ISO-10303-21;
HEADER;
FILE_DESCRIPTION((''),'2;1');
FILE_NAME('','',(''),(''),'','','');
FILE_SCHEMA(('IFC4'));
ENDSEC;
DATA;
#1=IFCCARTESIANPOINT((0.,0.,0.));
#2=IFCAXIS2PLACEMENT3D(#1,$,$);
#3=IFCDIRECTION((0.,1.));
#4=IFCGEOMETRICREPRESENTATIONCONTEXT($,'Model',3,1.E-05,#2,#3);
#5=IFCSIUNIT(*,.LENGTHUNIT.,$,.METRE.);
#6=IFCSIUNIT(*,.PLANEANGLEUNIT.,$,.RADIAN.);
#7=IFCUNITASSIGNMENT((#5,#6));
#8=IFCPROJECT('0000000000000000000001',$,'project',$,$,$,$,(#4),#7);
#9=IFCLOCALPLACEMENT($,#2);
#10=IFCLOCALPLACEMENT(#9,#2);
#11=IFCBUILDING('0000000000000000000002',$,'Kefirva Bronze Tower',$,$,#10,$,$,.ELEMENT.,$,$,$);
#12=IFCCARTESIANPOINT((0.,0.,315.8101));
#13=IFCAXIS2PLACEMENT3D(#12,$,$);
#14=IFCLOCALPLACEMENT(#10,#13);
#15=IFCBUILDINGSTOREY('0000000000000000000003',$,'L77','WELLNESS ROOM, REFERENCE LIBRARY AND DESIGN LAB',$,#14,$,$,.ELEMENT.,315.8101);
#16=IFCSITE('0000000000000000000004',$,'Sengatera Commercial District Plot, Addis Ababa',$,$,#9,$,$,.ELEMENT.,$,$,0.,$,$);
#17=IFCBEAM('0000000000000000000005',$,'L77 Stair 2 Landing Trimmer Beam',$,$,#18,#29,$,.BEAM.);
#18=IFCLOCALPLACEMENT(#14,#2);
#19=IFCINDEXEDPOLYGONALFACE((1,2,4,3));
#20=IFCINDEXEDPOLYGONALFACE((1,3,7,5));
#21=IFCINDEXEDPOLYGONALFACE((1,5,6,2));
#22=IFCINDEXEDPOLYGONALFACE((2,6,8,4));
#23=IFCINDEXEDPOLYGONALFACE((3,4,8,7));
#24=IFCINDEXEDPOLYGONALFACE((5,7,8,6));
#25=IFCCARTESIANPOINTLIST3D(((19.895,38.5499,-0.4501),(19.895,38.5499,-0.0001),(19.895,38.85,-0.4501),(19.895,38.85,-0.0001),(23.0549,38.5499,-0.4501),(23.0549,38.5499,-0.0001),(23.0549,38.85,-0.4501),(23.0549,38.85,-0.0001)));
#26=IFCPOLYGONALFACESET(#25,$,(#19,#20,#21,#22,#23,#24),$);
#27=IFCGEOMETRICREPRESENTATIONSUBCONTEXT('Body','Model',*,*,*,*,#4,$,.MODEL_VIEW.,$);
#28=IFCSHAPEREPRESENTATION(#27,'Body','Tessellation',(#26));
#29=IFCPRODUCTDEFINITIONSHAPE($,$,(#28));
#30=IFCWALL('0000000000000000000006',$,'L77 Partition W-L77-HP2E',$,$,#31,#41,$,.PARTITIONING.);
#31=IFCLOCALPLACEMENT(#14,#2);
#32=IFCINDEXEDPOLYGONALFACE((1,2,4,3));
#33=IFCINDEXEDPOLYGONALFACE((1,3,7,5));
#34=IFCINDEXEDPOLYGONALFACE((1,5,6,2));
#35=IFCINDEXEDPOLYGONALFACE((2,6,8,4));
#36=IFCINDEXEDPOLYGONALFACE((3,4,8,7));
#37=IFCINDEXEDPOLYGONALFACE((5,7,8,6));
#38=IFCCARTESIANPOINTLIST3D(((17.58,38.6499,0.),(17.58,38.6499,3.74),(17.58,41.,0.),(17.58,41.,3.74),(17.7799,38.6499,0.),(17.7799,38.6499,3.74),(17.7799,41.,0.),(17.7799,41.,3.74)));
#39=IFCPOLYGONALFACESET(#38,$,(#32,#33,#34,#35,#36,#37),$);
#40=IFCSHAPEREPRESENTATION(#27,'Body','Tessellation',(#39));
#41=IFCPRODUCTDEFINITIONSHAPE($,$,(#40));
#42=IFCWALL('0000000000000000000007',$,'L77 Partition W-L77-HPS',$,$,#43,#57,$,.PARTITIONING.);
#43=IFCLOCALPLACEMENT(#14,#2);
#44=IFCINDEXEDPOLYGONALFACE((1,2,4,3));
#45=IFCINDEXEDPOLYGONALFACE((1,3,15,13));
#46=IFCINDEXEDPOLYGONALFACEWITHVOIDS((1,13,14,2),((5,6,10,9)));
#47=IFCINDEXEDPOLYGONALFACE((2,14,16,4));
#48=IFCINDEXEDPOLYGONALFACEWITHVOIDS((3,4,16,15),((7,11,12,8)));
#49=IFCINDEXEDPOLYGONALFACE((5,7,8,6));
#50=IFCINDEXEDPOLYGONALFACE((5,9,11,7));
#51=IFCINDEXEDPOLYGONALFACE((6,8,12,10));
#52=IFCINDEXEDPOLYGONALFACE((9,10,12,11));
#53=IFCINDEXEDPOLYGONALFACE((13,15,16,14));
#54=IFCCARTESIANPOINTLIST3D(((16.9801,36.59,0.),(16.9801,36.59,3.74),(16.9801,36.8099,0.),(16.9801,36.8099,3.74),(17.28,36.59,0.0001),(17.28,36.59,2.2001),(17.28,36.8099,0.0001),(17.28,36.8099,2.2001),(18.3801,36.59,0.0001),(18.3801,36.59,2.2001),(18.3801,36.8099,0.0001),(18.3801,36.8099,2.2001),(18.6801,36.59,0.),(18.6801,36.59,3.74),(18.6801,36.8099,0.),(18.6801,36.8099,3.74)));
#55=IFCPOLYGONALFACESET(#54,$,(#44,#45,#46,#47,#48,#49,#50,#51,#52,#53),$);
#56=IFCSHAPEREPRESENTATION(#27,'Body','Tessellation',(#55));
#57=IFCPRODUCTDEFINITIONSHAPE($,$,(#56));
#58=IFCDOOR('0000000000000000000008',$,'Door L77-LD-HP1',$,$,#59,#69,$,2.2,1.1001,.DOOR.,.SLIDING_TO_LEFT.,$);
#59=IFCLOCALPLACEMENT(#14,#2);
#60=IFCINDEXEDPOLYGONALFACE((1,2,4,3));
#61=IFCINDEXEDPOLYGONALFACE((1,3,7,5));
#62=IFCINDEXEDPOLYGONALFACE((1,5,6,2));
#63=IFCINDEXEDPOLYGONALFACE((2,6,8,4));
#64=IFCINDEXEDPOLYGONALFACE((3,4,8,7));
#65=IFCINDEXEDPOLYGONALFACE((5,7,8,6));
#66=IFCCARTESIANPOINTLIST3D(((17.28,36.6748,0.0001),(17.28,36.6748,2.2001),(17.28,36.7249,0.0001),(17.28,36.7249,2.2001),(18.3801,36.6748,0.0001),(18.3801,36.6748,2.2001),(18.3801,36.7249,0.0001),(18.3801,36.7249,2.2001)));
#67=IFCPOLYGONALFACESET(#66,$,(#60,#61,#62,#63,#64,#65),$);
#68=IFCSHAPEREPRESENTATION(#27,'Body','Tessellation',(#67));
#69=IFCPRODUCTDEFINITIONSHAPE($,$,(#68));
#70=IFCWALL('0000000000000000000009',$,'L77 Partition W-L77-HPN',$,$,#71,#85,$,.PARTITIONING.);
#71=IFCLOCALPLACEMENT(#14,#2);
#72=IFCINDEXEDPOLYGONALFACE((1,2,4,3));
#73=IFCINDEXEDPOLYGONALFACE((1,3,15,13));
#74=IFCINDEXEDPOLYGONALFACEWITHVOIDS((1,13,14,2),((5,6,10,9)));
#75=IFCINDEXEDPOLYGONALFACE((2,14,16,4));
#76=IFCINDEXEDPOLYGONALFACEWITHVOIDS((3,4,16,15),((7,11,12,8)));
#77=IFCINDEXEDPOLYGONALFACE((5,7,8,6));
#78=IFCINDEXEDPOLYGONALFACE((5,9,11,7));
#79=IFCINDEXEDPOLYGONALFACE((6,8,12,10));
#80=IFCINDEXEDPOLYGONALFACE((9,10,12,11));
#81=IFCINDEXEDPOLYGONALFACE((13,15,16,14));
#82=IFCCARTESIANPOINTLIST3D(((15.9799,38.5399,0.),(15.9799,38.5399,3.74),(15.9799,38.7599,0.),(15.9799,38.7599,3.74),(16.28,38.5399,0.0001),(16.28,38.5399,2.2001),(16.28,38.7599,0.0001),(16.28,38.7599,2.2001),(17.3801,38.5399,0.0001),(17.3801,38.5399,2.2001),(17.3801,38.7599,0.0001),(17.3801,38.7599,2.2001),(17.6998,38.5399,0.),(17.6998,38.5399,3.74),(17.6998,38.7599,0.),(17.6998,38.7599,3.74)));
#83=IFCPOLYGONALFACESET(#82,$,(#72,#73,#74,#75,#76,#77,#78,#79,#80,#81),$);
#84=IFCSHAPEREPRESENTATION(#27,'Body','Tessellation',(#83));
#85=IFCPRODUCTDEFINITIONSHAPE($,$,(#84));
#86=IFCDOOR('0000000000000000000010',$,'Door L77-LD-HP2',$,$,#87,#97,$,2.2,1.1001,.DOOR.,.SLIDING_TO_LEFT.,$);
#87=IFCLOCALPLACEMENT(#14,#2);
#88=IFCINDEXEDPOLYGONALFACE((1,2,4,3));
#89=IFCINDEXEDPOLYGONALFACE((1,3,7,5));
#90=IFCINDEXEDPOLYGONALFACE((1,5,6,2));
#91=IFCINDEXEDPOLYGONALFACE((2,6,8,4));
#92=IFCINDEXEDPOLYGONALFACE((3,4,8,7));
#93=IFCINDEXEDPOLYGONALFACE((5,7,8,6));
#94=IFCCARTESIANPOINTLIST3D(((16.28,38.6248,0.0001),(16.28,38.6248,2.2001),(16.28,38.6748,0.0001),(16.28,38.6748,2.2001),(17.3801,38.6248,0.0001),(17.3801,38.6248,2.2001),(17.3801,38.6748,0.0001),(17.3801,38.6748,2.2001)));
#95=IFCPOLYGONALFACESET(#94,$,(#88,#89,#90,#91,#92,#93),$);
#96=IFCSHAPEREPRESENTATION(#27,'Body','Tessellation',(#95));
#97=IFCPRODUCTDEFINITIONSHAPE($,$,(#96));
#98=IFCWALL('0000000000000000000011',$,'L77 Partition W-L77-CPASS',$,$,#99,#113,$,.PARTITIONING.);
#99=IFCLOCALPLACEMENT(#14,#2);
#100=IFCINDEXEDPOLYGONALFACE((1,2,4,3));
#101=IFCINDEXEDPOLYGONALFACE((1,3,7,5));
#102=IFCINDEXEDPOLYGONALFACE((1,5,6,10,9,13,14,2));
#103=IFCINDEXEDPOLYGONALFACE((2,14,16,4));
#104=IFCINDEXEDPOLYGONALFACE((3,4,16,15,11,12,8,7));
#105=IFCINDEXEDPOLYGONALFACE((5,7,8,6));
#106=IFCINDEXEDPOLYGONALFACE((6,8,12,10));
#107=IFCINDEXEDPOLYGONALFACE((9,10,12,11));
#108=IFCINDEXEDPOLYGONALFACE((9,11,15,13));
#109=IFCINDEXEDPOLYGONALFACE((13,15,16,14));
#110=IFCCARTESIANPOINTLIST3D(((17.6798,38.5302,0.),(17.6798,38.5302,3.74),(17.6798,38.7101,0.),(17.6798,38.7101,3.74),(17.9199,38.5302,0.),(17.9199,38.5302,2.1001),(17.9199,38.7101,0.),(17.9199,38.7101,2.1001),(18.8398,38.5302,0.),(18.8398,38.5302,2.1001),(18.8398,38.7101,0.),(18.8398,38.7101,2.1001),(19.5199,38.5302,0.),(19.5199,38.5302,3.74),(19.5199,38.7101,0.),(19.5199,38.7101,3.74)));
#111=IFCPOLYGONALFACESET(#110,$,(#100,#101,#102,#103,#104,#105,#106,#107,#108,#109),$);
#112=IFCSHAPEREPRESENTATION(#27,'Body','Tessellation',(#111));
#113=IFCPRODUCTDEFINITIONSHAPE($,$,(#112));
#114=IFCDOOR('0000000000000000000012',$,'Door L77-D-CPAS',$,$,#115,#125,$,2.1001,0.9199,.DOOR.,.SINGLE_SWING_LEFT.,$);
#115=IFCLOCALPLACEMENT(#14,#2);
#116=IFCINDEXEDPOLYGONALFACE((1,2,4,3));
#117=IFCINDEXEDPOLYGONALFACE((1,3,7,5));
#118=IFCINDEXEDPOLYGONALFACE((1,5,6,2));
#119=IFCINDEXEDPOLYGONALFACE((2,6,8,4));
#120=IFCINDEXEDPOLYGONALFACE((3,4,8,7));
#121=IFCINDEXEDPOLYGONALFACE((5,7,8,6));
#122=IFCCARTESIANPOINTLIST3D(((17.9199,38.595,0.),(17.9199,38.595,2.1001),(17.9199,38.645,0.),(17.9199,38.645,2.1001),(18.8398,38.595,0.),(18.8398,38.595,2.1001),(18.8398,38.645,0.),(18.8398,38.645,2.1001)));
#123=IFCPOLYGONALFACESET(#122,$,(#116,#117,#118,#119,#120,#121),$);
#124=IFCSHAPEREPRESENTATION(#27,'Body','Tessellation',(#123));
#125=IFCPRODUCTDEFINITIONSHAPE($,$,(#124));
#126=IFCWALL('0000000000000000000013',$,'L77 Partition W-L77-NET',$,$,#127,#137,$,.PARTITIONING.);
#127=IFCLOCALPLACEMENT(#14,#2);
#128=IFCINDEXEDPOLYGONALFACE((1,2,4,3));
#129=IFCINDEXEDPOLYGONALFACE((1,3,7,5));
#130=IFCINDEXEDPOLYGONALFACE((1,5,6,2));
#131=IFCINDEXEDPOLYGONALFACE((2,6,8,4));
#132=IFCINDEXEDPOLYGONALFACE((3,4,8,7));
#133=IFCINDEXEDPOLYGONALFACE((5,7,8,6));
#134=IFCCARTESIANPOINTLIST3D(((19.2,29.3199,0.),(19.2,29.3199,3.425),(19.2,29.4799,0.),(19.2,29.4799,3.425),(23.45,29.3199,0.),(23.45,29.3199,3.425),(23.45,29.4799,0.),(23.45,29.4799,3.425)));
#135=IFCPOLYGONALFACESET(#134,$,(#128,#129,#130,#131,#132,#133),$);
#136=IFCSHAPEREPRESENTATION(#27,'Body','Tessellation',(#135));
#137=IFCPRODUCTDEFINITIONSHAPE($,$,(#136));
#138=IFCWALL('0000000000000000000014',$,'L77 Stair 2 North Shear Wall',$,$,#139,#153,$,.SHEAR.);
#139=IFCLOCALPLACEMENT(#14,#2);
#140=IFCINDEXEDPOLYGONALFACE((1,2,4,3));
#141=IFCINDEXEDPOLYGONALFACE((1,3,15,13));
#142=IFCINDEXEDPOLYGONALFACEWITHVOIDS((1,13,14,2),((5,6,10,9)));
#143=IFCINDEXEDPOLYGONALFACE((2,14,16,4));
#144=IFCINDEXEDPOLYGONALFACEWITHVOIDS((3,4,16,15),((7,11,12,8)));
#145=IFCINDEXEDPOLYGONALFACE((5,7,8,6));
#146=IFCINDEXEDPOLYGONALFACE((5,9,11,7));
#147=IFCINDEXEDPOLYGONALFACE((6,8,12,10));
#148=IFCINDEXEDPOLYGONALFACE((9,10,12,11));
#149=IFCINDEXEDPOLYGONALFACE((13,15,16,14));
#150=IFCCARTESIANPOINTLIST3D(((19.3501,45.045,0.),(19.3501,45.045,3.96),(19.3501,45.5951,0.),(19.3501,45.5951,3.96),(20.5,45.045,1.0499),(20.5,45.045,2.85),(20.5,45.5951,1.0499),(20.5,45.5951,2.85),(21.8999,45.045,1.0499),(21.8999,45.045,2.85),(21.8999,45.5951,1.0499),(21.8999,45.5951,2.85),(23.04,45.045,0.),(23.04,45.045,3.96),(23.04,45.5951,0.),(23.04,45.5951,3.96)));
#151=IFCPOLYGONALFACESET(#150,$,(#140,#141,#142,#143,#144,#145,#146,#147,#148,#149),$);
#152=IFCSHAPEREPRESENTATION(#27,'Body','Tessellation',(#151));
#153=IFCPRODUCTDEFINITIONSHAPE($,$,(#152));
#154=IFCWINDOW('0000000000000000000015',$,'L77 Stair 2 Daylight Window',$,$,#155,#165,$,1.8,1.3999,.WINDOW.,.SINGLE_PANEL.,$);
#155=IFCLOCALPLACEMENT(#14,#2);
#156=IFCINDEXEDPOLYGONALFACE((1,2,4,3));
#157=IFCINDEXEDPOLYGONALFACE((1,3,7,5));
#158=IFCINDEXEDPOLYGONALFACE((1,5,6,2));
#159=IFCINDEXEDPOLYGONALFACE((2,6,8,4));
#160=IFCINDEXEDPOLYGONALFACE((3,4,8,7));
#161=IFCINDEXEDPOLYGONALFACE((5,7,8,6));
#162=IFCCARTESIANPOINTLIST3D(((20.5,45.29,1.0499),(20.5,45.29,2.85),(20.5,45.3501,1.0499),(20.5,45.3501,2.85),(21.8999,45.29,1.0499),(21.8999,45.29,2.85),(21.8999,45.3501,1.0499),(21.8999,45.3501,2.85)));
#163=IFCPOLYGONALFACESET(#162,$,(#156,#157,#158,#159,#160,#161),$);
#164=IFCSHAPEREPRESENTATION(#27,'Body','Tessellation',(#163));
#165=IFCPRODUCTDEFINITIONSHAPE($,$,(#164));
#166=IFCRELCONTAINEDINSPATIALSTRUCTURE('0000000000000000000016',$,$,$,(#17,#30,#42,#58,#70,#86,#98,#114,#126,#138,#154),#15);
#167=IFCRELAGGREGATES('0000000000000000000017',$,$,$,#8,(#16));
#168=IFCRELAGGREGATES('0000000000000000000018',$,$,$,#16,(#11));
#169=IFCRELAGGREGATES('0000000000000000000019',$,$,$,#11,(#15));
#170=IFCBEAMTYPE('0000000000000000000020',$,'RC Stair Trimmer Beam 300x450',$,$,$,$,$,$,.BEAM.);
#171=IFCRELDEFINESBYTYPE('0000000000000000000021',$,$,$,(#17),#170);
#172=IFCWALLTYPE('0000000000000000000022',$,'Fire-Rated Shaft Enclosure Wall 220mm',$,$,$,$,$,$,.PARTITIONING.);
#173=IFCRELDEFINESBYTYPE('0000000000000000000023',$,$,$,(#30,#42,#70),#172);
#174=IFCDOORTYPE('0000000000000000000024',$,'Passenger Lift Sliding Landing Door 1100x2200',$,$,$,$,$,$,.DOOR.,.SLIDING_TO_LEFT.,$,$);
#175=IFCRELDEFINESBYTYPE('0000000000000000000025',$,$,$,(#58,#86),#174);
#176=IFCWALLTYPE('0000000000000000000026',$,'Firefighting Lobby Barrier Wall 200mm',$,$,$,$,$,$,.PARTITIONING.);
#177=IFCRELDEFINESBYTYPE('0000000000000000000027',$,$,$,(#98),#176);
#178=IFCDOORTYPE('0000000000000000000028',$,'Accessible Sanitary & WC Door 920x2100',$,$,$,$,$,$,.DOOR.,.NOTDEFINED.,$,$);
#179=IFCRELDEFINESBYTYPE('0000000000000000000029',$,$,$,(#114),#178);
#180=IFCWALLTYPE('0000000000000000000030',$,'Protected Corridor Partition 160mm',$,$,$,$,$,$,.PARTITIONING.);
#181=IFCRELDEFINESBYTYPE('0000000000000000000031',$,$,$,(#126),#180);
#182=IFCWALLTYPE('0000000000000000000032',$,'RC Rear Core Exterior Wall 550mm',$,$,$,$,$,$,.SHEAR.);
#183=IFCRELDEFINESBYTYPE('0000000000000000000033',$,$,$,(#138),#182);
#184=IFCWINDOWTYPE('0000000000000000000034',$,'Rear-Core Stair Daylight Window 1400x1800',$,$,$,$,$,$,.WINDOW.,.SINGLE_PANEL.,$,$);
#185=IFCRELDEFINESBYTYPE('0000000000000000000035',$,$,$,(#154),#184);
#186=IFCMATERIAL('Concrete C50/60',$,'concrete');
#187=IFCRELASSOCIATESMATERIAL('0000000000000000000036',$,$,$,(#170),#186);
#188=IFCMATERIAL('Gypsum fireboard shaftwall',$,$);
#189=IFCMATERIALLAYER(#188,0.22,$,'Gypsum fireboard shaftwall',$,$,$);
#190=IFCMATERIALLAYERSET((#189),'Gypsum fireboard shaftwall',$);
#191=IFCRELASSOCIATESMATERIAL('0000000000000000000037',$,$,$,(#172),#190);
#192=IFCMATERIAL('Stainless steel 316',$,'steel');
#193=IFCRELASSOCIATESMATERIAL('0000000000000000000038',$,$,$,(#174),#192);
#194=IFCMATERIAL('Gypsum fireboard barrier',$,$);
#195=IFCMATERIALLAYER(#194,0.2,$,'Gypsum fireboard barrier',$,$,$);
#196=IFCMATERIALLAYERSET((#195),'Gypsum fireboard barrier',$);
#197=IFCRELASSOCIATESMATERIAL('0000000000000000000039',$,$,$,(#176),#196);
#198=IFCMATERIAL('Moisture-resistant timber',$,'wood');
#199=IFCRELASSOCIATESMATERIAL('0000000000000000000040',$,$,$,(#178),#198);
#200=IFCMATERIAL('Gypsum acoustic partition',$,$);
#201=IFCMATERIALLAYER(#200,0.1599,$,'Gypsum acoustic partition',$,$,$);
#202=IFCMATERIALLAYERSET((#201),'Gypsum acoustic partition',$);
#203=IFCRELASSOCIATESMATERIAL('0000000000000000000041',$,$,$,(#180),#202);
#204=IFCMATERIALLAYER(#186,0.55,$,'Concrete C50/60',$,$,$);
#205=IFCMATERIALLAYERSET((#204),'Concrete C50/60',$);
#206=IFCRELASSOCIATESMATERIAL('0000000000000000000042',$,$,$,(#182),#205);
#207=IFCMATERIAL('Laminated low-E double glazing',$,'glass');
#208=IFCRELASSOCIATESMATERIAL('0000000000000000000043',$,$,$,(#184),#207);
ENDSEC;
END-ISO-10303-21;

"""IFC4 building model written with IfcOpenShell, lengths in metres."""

from ifc_helpers import new_model, si_unit, direction, frame, frame_2d, origin, origin_2d, place, context, subcontext, project, spatial, rectangle, extrude, material, layer, layer_set, material_profile, profile_set, type_object, element, fill, save


model = new_model("IFC4")

# Units and contexts
model_context = context("Model", 3, precision=1e-05, world=origin(), true_north=direction((0.0, 1.0)))
body_context = subcontext(model_context, "Body", "Model", "MODEL_VIEW")
ifc_project = project(units=[si_unit("LENGTHUNIT", "METRE"), si_unit("PLANEANGLEUNIT", "RADIAN")], contexts=[model_context])

# Site, building, storey
site_placement = place(None, origin())
site = spatial("IfcSite", under=ifc_project, at=site_placement, Name="Sengatera Commercial District Plot, Addis Ababa", CompositionType="ELEMENT", RefElevation=0.0)
building_placement = place(site_placement, origin())
building = spatial("IfcBuilding", under=site, at=building_placement, Name="Kefirva Bronze Tower", CompositionType="ELEMENT")
storey_placement = place(building_placement, frame((0.0, 0.0, 315.8101)))
storey = spatial("IfcBuildingStorey", under=building, at=storey_placement, Name="L77", Description="WELLNESS ROOM, REFERENCE LIBRARY AND DESIGN LAB", CompositionType="ELEMENT", Elevation=315.8101)

# Beam
ifc_material_1 = material(Name="Concrete C50/60", Category="concrete")
ifc_material_profile = material_profile(ifc_material_1, rectangle(XDim=0.3, YDim=0.45, at=origin_2d()), Name="RC 300x450")
ifc_profile_set = profile_set([ifc_material_profile], Name="Concrete C50/60")
beam_type = type_object("IfcBeamType", Name="RC Stair Trimmer Beam 300x450", PredefinedType="BEAM", material=ifc_profile_set)
beam_placement = place(storey_placement, frame((19.895, 38.7, -0.2251), z_axis=(1.0, 0.0, 0.0), x_axis=(0.0, 1.0, 0.0)))
element("IfcBeam", 1, at=beam_placement, inside=storey, type_object=beam_type, Name="L77 Stair 2 Landing Trimmer Beam", PredefinedType="BEAM", context=body_context, shape_type="SweptSolid", body=[
    extrude(rectangle(XDim=0.3, YDim=0.45, at=origin_2d()), origin(), (0.0, 0.0, 1.0), 3.1599),
])

# Shared definitions
ifc_material_2 = material(Name="Gypsum acoustic partition")
ifc_material_3 = material(Name="Gypsum fireboard shaftwall")
ifc_layer_1 = layer(ifc_material_3, 0.22, Name="Gypsum fireboard shaftwall")
ifc_layer_set_1 = layer_set([ifc_layer_1], Name="Gypsum fireboard shaftwall")
wall_type_1 = type_object("IfcWallType", Name="Fire-Rated Shaft Enclosure Wall 220mm", PredefinedType="PARTITIONING", material=ifc_layer_set_1)

# Wall
wall_1_placement = place(storey_placement, frame((17.6799, 38.6499, 0.0), z_axis=(0.0, 0.0, 1.0), x_axis=(0.0, 1.0, 0.0)))
element("IfcWall", 2, at=wall_1_placement, inside=storey, type_object=wall_type_1, Name="L77 Partition W-L77-HP2E", PredefinedType="PARTITIONING", context=body_context, shape_type="SweptSolid", body=[
    extrude(rectangle(XDim=2.3501, YDim=0.2, at=frame_2d((1.175, 0.0))), origin(), (0.0, 0.0, 1.0), 3.74),
])

# Walls, openings, doors
wall_2_placement = place(storey_placement, frame((16.98, 36.7, 0.0), z_axis=(0.0, 0.0, 1.0), x_axis=(1.0, 0.0, 0.0)))
wall_2 = element("IfcWall", 3, at=wall_2_placement, inside=storey, type_object=wall_type_1, Name="L77 Partition W-L77-HPS", PredefinedType="PARTITIONING", context=body_context, shape_type="SweptSolid", body=[
    extrude(rectangle(XDim=1.7, YDim=0.22, at=frame_2d((0.8501, 0.0))), origin(), (0.0, 0.0, 1.0), 3.74),
])
opening_1_placement = place(wall_2_placement, frame((0.3, 0.0, 0.0)))
opening_1 = element("IfcOpeningElement", 4, at=opening_1_placement, cuts=wall_2, PredefinedType="OPENING", context=body_context, shape_type="SweptSolid", body=[
    extrude(rectangle(XDim=1.1001, YDim=2.2, at=frame_2d((0.55, 1.1001))), frame((0.0, 0.1201, 0.0), z_axis=(0.0, -1.0, 0.0), x_axis=(1.0, 0.0, 0.0)), (0.0, 0.0, 1.0), 0.24),
])
ifc_material_4 = material(Name="Stainless steel 316", Category="steel")
door_type_1 = type_object("IfcDoorType", Name="Passenger Lift Sliding Landing Door 1100x2200", OperationType="SLIDING_TO_LEFT", PredefinedType="DOOR", material=ifc_material_4)
door_1_placement = place(opening_1_placement, origin())
door_1 = element("IfcDoor", 5, at=door_1_placement, inside=storey, type_object=door_type_1, Name="Door L77-LD-HP1", OperationType="SLIDING_TO_LEFT", OverallHeight=2.2, OverallWidth=1.1001, PredefinedType="DOOR", context=body_context, shape_type="SweptSolid", body=[
    extrude(rectangle(XDim=1.1001, YDim=2.2, at=frame_2d((0.55, 1.1001))), frame((0.0, 0.0249, 0.0), z_axis=(0.0, -1.0, 0.0), x_axis=(1.0, 0.0, 0.0)), (0.0, 0.0, 1.0), 0.05),
])
fill(opening_1, door_1)
wall_3_placement = place(storey_placement, frame((15.98, 38.6499, 0.0), z_axis=(0.0, 0.0, 1.0), x_axis=(1.0, 0.0, 0.0)))
wall_3 = element("IfcWall", 6, at=wall_3_placement, inside=storey, type_object=wall_type_1, Name="L77 Partition W-L77-HPN", PredefinedType="PARTITIONING", context=body_context, shape_type="SweptSolid", body=[
    extrude(rectangle(XDim=1.72, YDim=0.22, at=frame_2d((0.8599, 0.0))), origin(), (0.0, 0.0, 1.0), 3.74),
])
opening_2_placement = place(wall_3_placement, frame((0.3, 0.0, 0.0)))
opening_2 = element("IfcOpeningElement", 7, at=opening_2_placement, cuts=wall_3, PredefinedType="OPENING", context=body_context, shape_type="SweptSolid", body=[
    extrude(rectangle(XDim=1.1001, YDim=2.2, at=frame_2d((0.55, 1.1001))), frame((0.0, 0.1201, 0.0), z_axis=(0.0, -1.0, 0.0), x_axis=(1.0, 0.0, 0.0)), (0.0, 0.0, 1.0), 0.24),
])
door_2_placement = place(opening_2_placement, origin())
door_2 = element("IfcDoor", 8, at=door_2_placement, inside=storey, type_object=door_type_1, Name="Door L77-LD-HP2", OperationType="SLIDING_TO_LEFT", OverallHeight=2.2, OverallWidth=1.1001, PredefinedType="DOOR", context=body_context, shape_type="SweptSolid", body=[
    extrude(rectangle(XDim=1.1001, YDim=2.2, at=frame_2d((0.55, 1.1001))), frame((0.0, 0.0249, 0.0), z_axis=(0.0, -1.0, 0.0), x_axis=(1.0, 0.0, 0.0)), (0.0, 0.0, 1.0), 0.05),
])
fill(opening_2, door_2)
ifc_material_5 = material(Name="Gypsum fireboard barrier")
ifc_layer_2 = layer(ifc_material_5, 0.2, Name="Gypsum fireboard barrier")
ifc_layer_set_2 = layer_set([ifc_layer_2], Name="Gypsum fireboard barrier")
wall_type_2 = type_object("IfcWallType", Name="Firefighting Lobby Barrier Wall 200mm", PredefinedType="PARTITIONING", material=ifc_layer_set_2)
wall_4_placement = place(storey_placement, frame((17.6799, 38.6201, 0.0), z_axis=(0.0, 0.0, 1.0), x_axis=(1.0, 0.0, 0.0)))
wall_4 = element("IfcWall", 9, at=wall_4_placement, inside=storey, type_object=wall_type_2, Name="L77 Partition W-L77-CPASS", PredefinedType="PARTITIONING", context=body_context, shape_type="SweptSolid", body=[
    extrude(rectangle(XDim=1.8401, YDim=0.1799, at=frame_2d((0.9199, 0.0))), origin(), (0.0, 0.0, 1.0), 3.74),
])
opening_3_placement = place(wall_4_placement, frame((0.24, 0.0, 0.0)))
opening_3 = element("IfcOpeningElement", 10, at=opening_3_placement, cuts=wall_4, PredefinedType="OPENING", context=body_context, shape_type="SweptSolid", body=[
    extrude(rectangle(XDim=0.9199, YDim=2.1001, at=frame_2d((0.46, 1.05))), frame((0.0, 0.1001, 0.0), z_axis=(0.0, -1.0, 0.0), x_axis=(1.0, 0.0, 0.0)), (0.0, 0.0, 1.0), 0.2),
])
ifc_material_6 = material(Name="Moisture-resistant timber", Category="wood")
door_type_2 = type_object("IfcDoorType", Name="Accessible Sanitary & WC Door 920x2100", OperationType="NOTDEFINED", PredefinedType="DOOR", material=ifc_material_6)
door_3_placement = place(opening_3_placement, origin())
door_3 = element("IfcDoor", 11, at=door_3_placement, inside=storey, type_object=door_type_2, Name="Door L77-D-CPAS", OperationType="SINGLE_SWING_LEFT", OverallHeight=2.1001, OverallWidth=0.9199, PredefinedType="DOOR", context=body_context, shape_type="SweptSolid", body=[
    extrude(rectangle(XDim=0.9199, YDim=2.1001, at=frame_2d((0.46, 1.05))), frame((0.0, 0.0249, 0.0), z_axis=(0.0, -1.0, 0.0), x_axis=(1.0, 0.0, 0.0)), (0.0, 0.0, 1.0), 0.05),
])
fill(opening_3, door_3)

# Wall
ifc_layer_3 = layer(ifc_material_2, 0.1599, Name="Gypsum acoustic partition")
ifc_layer_set_3 = layer_set([ifc_layer_3], Name="Gypsum acoustic partition")
wall_type_3 = type_object("IfcWallType", Name="Protected Corridor Partition 160mm", PredefinedType="PARTITIONING", material=ifc_layer_set_3)
wall_5_placement = place(storey_placement, frame((19.2, 29.3999, 0.0), z_axis=(0.0, 0.0, 1.0), x_axis=(1.0, 0.0, 0.0)))
element("IfcWall", 12, at=wall_5_placement, inside=storey, type_object=wall_type_3, Name="L77 Partition W-L77-NET", PredefinedType="PARTITIONING", context=body_context, shape_type="SweptSolid", body=[
    extrude(rectangle(XDim=4.25, YDim=0.1599, at=frame_2d((2.125, 0.0))), origin(), (0.0, 0.0, 1.0), 3.425),
])

# Wall, opening, window
ifc_layer_4 = layer(ifc_material_1, 0.55, Name="Concrete C50/60")
ifc_layer_set_4 = layer_set([ifc_layer_4], Name="Concrete C50/60")
wall_type_4 = type_object("IfcWallType", Name="RC Rear Core Exterior Wall 550mm", PredefinedType="SHEAR", material=ifc_layer_set_4)
wall_6_placement = place(storey_placement, frame((19.3501, 45.3201, 0.0), z_axis=(0.0, 0.0, 1.0), x_axis=(1.0, 0.0, 0.0)))
wall_6 = element("IfcWall", 13, at=wall_6_placement, inside=storey, type_object=wall_type_4, Name="L77 Stair 2 North Shear Wall", PredefinedType="SHEAR", context=body_context, shape_type="SweptSolid", body=[
    extrude(rectangle(XDim=3.6899, YDim=0.55, at=frame_2d((1.845, 0.0))), origin(), (0.0, 0.0, 1.0), 3.96),
])
opening_4_placement = place(wall_6_placement, frame((1.1499, 0.0, 1.05)))
opening_4 = element("IfcOpeningElement", 14, at=opening_4_placement, cuts=wall_6, PredefinedType="OPENING", context=body_context, shape_type="SweptSolid", body=[
    extrude(rectangle(XDim=1.3999, YDim=1.8, at=frame_2d((0.7, 0.8999))), frame((0.0, 0.2852, 0.0), z_axis=(0.0, -1.0, 0.0), x_axis=(1.0, 0.0, 0.0)), (0.0, 0.0, 1.0), 0.5701),
])
ifc_material_7 = material(Name="Laminated low-E double glazing", Category="glass")
window_type = type_object("IfcWindowType", Name="Rear-Core Stair Daylight Window 1400x1800", PartitioningType="SINGLE_PANEL", PredefinedType="WINDOW", material=ifc_material_7)
window_placement = place(opening_4_placement, origin())
window = element("IfcWindow", 15, at=window_placement, inside=storey, type_object=window_type, Name="L77 Stair 2 Daylight Window", OverallHeight=1.8, OverallWidth=1.3999, PartitioningType="SINGLE_PANEL", PredefinedType="WINDOW", context=body_context, shape_type="SweptSolid", body=[
    extrude(rectangle(XDim=1.3999, YDim=1.8, at=frame_2d((0.7, 0.8999))), frame((0.0, 0.03, 0.0), z_axis=(0.0, -1.0, 0.0), x_axis=(1.0, 0.0, 0.0)), (0.0, 0.0, 1.0), 0.0601),
])
fill(opening_4, window)

save(model, "model.ifc")
